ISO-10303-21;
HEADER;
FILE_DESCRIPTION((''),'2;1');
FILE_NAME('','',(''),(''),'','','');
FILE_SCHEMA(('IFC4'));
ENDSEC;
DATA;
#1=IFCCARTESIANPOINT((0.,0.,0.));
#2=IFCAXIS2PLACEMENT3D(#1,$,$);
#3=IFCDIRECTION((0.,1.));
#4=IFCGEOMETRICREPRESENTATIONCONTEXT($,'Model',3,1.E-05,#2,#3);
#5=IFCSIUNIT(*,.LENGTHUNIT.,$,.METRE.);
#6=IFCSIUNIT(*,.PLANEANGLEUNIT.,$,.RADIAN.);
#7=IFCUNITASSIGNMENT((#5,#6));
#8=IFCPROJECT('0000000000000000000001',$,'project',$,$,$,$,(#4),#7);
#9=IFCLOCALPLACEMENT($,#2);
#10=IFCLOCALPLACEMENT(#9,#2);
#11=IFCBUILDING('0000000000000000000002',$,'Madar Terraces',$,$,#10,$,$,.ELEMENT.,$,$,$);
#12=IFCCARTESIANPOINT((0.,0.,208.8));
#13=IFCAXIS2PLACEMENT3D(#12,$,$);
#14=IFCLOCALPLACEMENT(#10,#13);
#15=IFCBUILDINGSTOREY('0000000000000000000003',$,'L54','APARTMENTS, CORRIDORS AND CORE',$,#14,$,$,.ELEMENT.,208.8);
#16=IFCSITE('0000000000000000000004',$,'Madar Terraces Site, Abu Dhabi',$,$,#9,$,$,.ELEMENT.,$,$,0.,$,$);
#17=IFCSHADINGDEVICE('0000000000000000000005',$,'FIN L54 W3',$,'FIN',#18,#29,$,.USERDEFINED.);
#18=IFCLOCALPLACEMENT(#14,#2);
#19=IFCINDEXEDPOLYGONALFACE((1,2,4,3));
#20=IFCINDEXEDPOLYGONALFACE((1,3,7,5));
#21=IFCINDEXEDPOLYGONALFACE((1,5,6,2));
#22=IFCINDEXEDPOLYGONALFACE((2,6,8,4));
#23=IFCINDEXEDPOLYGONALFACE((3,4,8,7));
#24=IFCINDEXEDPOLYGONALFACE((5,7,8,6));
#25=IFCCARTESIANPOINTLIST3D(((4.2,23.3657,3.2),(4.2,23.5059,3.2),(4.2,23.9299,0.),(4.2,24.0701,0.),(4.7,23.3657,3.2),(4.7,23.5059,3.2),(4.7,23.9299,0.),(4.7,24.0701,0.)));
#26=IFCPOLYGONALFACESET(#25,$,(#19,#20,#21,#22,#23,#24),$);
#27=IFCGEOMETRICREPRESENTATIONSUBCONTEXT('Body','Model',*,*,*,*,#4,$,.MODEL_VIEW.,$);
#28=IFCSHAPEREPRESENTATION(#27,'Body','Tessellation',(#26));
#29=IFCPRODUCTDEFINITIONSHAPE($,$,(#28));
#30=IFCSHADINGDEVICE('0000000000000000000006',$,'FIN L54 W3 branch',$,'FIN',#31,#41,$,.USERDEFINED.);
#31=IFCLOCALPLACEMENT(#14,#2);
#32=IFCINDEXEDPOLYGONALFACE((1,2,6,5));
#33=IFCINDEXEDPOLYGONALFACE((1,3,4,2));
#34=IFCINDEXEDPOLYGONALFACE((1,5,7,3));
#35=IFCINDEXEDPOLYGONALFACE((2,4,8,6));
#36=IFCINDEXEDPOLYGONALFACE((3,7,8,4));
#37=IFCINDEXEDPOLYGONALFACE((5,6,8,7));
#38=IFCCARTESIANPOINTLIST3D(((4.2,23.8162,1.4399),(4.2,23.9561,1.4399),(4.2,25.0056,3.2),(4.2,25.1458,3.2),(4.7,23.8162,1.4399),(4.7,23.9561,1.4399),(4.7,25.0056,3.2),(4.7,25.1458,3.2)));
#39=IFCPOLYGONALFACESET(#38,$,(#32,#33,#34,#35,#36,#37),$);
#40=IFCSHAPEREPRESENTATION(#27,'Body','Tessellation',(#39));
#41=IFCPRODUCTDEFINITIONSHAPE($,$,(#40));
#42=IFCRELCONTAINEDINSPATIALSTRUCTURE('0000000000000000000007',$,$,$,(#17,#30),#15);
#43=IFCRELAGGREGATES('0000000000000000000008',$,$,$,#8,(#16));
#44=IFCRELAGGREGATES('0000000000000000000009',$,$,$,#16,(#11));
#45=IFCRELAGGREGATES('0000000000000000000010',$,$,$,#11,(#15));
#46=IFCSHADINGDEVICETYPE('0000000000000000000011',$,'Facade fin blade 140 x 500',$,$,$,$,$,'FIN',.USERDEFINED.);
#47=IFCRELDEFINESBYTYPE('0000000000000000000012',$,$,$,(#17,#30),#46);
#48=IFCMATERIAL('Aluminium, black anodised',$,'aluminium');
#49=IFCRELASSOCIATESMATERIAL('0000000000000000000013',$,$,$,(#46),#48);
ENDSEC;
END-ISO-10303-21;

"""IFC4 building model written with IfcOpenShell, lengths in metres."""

from ifc_helpers import new_model, si_unit, direction, frame, origin, place, context, subcontext, project, spatial, polyline, outline, extrude, material, type_object, element, save


model = new_model("IFC4")

# Units and contexts
model_context = context("Model", 3, precision=1e-05, world=origin(), true_north=direction((0.0, 1.0)))
body_context = subcontext(model_context, "Body", "Model", "MODEL_VIEW")
ifc_project = project(units=[si_unit("LENGTHUNIT", "METRE"), si_unit("PLANEANGLEUNIT", "RADIAN")], contexts=[model_context])

# Site, building, storey
site_placement = place(None, origin())
site = spatial("IfcSite", under=ifc_project, at=site_placement, Name="Madar Terraces Site, Abu Dhabi", CompositionType="ELEMENT", RefElevation=0.0)
building_placement = place(site_placement, origin())
building = spatial("IfcBuilding", under=site, at=building_placement, Name="Madar Terraces", CompositionType="ELEMENT")
storey_placement = place(building_placement, frame((0.0, 0.0, 208.8)))
storey = spatial("IfcBuildingStorey", under=building, at=storey_placement, Name="L54", Description="APARTMENTS, CORRIDORS AND CORE", CompositionType="ELEMENT", Elevation=208.8)

# Shading devices
ifc_material_1 = material(Name="Aluminium, black anodised", Category="aluminium")
shading_device_type = type_object("IfcShadingDeviceType", Name="Facade fin blade 140 x 500", ElementType="FIN", PredefinedType="USERDEFINED", material=ifc_material_1)
shading_device_1_placement = place(storey_placement, frame((4.45, 24.0701, 0.0), z_axis=(0.0, 0.0, 1.0), x_axis=(0.0, -1.0, 0.0)))
element("IfcShadingDevice", 1, at=shading_device_1_placement, inside=storey, type_object=shading_device_type, Name="FIN L54 W3", ObjectType="FIN", PredefinedType="USERDEFINED", context=body_context, shape_type="SweptSolid", body=[
    extrude(outline(polyline([(0.0, 0.0), (0.1401, 0.0), (0.7043, 3.2), (0.5642, 3.2), (0.0, 0.0)])), frame((0.0, 0.25, 0.0), z_axis=(0.0, -1.0, 0.0), x_axis=(1.0, 0.0, 0.0)), (0.0, 0.0, 1.0), 0.5),
])
shading_device_2_placement = place(storey_placement, frame((4.45, 23.9561, 1.4399), z_axis=(0.0, 0.0, 1.0), x_axis=(0.0, -1.0, 0.0)))
element("IfcShadingDevice", 2, at=shading_device_2_placement, inside=storey, type_object=shading_device_type, Name="FIN L54 W3 branch", ObjectType="FIN", PredefinedType="USERDEFINED", context=body_context, shape_type="SweptSolid", body=[
    extrude(outline(polyline([(0.0, 0.0), (0.1399, 0.0), (-1.0496, 1.76), (-1.1897, 1.76), (0.0, 0.0)])), frame((0.0, 0.25, 0.0), z_axis=(0.0, -1.0, 0.0), x_axis=(1.0, 0.0, 0.0)), (0.0, 0.0, 1.0), 0.5),
])

save(model, "model.ifc")
